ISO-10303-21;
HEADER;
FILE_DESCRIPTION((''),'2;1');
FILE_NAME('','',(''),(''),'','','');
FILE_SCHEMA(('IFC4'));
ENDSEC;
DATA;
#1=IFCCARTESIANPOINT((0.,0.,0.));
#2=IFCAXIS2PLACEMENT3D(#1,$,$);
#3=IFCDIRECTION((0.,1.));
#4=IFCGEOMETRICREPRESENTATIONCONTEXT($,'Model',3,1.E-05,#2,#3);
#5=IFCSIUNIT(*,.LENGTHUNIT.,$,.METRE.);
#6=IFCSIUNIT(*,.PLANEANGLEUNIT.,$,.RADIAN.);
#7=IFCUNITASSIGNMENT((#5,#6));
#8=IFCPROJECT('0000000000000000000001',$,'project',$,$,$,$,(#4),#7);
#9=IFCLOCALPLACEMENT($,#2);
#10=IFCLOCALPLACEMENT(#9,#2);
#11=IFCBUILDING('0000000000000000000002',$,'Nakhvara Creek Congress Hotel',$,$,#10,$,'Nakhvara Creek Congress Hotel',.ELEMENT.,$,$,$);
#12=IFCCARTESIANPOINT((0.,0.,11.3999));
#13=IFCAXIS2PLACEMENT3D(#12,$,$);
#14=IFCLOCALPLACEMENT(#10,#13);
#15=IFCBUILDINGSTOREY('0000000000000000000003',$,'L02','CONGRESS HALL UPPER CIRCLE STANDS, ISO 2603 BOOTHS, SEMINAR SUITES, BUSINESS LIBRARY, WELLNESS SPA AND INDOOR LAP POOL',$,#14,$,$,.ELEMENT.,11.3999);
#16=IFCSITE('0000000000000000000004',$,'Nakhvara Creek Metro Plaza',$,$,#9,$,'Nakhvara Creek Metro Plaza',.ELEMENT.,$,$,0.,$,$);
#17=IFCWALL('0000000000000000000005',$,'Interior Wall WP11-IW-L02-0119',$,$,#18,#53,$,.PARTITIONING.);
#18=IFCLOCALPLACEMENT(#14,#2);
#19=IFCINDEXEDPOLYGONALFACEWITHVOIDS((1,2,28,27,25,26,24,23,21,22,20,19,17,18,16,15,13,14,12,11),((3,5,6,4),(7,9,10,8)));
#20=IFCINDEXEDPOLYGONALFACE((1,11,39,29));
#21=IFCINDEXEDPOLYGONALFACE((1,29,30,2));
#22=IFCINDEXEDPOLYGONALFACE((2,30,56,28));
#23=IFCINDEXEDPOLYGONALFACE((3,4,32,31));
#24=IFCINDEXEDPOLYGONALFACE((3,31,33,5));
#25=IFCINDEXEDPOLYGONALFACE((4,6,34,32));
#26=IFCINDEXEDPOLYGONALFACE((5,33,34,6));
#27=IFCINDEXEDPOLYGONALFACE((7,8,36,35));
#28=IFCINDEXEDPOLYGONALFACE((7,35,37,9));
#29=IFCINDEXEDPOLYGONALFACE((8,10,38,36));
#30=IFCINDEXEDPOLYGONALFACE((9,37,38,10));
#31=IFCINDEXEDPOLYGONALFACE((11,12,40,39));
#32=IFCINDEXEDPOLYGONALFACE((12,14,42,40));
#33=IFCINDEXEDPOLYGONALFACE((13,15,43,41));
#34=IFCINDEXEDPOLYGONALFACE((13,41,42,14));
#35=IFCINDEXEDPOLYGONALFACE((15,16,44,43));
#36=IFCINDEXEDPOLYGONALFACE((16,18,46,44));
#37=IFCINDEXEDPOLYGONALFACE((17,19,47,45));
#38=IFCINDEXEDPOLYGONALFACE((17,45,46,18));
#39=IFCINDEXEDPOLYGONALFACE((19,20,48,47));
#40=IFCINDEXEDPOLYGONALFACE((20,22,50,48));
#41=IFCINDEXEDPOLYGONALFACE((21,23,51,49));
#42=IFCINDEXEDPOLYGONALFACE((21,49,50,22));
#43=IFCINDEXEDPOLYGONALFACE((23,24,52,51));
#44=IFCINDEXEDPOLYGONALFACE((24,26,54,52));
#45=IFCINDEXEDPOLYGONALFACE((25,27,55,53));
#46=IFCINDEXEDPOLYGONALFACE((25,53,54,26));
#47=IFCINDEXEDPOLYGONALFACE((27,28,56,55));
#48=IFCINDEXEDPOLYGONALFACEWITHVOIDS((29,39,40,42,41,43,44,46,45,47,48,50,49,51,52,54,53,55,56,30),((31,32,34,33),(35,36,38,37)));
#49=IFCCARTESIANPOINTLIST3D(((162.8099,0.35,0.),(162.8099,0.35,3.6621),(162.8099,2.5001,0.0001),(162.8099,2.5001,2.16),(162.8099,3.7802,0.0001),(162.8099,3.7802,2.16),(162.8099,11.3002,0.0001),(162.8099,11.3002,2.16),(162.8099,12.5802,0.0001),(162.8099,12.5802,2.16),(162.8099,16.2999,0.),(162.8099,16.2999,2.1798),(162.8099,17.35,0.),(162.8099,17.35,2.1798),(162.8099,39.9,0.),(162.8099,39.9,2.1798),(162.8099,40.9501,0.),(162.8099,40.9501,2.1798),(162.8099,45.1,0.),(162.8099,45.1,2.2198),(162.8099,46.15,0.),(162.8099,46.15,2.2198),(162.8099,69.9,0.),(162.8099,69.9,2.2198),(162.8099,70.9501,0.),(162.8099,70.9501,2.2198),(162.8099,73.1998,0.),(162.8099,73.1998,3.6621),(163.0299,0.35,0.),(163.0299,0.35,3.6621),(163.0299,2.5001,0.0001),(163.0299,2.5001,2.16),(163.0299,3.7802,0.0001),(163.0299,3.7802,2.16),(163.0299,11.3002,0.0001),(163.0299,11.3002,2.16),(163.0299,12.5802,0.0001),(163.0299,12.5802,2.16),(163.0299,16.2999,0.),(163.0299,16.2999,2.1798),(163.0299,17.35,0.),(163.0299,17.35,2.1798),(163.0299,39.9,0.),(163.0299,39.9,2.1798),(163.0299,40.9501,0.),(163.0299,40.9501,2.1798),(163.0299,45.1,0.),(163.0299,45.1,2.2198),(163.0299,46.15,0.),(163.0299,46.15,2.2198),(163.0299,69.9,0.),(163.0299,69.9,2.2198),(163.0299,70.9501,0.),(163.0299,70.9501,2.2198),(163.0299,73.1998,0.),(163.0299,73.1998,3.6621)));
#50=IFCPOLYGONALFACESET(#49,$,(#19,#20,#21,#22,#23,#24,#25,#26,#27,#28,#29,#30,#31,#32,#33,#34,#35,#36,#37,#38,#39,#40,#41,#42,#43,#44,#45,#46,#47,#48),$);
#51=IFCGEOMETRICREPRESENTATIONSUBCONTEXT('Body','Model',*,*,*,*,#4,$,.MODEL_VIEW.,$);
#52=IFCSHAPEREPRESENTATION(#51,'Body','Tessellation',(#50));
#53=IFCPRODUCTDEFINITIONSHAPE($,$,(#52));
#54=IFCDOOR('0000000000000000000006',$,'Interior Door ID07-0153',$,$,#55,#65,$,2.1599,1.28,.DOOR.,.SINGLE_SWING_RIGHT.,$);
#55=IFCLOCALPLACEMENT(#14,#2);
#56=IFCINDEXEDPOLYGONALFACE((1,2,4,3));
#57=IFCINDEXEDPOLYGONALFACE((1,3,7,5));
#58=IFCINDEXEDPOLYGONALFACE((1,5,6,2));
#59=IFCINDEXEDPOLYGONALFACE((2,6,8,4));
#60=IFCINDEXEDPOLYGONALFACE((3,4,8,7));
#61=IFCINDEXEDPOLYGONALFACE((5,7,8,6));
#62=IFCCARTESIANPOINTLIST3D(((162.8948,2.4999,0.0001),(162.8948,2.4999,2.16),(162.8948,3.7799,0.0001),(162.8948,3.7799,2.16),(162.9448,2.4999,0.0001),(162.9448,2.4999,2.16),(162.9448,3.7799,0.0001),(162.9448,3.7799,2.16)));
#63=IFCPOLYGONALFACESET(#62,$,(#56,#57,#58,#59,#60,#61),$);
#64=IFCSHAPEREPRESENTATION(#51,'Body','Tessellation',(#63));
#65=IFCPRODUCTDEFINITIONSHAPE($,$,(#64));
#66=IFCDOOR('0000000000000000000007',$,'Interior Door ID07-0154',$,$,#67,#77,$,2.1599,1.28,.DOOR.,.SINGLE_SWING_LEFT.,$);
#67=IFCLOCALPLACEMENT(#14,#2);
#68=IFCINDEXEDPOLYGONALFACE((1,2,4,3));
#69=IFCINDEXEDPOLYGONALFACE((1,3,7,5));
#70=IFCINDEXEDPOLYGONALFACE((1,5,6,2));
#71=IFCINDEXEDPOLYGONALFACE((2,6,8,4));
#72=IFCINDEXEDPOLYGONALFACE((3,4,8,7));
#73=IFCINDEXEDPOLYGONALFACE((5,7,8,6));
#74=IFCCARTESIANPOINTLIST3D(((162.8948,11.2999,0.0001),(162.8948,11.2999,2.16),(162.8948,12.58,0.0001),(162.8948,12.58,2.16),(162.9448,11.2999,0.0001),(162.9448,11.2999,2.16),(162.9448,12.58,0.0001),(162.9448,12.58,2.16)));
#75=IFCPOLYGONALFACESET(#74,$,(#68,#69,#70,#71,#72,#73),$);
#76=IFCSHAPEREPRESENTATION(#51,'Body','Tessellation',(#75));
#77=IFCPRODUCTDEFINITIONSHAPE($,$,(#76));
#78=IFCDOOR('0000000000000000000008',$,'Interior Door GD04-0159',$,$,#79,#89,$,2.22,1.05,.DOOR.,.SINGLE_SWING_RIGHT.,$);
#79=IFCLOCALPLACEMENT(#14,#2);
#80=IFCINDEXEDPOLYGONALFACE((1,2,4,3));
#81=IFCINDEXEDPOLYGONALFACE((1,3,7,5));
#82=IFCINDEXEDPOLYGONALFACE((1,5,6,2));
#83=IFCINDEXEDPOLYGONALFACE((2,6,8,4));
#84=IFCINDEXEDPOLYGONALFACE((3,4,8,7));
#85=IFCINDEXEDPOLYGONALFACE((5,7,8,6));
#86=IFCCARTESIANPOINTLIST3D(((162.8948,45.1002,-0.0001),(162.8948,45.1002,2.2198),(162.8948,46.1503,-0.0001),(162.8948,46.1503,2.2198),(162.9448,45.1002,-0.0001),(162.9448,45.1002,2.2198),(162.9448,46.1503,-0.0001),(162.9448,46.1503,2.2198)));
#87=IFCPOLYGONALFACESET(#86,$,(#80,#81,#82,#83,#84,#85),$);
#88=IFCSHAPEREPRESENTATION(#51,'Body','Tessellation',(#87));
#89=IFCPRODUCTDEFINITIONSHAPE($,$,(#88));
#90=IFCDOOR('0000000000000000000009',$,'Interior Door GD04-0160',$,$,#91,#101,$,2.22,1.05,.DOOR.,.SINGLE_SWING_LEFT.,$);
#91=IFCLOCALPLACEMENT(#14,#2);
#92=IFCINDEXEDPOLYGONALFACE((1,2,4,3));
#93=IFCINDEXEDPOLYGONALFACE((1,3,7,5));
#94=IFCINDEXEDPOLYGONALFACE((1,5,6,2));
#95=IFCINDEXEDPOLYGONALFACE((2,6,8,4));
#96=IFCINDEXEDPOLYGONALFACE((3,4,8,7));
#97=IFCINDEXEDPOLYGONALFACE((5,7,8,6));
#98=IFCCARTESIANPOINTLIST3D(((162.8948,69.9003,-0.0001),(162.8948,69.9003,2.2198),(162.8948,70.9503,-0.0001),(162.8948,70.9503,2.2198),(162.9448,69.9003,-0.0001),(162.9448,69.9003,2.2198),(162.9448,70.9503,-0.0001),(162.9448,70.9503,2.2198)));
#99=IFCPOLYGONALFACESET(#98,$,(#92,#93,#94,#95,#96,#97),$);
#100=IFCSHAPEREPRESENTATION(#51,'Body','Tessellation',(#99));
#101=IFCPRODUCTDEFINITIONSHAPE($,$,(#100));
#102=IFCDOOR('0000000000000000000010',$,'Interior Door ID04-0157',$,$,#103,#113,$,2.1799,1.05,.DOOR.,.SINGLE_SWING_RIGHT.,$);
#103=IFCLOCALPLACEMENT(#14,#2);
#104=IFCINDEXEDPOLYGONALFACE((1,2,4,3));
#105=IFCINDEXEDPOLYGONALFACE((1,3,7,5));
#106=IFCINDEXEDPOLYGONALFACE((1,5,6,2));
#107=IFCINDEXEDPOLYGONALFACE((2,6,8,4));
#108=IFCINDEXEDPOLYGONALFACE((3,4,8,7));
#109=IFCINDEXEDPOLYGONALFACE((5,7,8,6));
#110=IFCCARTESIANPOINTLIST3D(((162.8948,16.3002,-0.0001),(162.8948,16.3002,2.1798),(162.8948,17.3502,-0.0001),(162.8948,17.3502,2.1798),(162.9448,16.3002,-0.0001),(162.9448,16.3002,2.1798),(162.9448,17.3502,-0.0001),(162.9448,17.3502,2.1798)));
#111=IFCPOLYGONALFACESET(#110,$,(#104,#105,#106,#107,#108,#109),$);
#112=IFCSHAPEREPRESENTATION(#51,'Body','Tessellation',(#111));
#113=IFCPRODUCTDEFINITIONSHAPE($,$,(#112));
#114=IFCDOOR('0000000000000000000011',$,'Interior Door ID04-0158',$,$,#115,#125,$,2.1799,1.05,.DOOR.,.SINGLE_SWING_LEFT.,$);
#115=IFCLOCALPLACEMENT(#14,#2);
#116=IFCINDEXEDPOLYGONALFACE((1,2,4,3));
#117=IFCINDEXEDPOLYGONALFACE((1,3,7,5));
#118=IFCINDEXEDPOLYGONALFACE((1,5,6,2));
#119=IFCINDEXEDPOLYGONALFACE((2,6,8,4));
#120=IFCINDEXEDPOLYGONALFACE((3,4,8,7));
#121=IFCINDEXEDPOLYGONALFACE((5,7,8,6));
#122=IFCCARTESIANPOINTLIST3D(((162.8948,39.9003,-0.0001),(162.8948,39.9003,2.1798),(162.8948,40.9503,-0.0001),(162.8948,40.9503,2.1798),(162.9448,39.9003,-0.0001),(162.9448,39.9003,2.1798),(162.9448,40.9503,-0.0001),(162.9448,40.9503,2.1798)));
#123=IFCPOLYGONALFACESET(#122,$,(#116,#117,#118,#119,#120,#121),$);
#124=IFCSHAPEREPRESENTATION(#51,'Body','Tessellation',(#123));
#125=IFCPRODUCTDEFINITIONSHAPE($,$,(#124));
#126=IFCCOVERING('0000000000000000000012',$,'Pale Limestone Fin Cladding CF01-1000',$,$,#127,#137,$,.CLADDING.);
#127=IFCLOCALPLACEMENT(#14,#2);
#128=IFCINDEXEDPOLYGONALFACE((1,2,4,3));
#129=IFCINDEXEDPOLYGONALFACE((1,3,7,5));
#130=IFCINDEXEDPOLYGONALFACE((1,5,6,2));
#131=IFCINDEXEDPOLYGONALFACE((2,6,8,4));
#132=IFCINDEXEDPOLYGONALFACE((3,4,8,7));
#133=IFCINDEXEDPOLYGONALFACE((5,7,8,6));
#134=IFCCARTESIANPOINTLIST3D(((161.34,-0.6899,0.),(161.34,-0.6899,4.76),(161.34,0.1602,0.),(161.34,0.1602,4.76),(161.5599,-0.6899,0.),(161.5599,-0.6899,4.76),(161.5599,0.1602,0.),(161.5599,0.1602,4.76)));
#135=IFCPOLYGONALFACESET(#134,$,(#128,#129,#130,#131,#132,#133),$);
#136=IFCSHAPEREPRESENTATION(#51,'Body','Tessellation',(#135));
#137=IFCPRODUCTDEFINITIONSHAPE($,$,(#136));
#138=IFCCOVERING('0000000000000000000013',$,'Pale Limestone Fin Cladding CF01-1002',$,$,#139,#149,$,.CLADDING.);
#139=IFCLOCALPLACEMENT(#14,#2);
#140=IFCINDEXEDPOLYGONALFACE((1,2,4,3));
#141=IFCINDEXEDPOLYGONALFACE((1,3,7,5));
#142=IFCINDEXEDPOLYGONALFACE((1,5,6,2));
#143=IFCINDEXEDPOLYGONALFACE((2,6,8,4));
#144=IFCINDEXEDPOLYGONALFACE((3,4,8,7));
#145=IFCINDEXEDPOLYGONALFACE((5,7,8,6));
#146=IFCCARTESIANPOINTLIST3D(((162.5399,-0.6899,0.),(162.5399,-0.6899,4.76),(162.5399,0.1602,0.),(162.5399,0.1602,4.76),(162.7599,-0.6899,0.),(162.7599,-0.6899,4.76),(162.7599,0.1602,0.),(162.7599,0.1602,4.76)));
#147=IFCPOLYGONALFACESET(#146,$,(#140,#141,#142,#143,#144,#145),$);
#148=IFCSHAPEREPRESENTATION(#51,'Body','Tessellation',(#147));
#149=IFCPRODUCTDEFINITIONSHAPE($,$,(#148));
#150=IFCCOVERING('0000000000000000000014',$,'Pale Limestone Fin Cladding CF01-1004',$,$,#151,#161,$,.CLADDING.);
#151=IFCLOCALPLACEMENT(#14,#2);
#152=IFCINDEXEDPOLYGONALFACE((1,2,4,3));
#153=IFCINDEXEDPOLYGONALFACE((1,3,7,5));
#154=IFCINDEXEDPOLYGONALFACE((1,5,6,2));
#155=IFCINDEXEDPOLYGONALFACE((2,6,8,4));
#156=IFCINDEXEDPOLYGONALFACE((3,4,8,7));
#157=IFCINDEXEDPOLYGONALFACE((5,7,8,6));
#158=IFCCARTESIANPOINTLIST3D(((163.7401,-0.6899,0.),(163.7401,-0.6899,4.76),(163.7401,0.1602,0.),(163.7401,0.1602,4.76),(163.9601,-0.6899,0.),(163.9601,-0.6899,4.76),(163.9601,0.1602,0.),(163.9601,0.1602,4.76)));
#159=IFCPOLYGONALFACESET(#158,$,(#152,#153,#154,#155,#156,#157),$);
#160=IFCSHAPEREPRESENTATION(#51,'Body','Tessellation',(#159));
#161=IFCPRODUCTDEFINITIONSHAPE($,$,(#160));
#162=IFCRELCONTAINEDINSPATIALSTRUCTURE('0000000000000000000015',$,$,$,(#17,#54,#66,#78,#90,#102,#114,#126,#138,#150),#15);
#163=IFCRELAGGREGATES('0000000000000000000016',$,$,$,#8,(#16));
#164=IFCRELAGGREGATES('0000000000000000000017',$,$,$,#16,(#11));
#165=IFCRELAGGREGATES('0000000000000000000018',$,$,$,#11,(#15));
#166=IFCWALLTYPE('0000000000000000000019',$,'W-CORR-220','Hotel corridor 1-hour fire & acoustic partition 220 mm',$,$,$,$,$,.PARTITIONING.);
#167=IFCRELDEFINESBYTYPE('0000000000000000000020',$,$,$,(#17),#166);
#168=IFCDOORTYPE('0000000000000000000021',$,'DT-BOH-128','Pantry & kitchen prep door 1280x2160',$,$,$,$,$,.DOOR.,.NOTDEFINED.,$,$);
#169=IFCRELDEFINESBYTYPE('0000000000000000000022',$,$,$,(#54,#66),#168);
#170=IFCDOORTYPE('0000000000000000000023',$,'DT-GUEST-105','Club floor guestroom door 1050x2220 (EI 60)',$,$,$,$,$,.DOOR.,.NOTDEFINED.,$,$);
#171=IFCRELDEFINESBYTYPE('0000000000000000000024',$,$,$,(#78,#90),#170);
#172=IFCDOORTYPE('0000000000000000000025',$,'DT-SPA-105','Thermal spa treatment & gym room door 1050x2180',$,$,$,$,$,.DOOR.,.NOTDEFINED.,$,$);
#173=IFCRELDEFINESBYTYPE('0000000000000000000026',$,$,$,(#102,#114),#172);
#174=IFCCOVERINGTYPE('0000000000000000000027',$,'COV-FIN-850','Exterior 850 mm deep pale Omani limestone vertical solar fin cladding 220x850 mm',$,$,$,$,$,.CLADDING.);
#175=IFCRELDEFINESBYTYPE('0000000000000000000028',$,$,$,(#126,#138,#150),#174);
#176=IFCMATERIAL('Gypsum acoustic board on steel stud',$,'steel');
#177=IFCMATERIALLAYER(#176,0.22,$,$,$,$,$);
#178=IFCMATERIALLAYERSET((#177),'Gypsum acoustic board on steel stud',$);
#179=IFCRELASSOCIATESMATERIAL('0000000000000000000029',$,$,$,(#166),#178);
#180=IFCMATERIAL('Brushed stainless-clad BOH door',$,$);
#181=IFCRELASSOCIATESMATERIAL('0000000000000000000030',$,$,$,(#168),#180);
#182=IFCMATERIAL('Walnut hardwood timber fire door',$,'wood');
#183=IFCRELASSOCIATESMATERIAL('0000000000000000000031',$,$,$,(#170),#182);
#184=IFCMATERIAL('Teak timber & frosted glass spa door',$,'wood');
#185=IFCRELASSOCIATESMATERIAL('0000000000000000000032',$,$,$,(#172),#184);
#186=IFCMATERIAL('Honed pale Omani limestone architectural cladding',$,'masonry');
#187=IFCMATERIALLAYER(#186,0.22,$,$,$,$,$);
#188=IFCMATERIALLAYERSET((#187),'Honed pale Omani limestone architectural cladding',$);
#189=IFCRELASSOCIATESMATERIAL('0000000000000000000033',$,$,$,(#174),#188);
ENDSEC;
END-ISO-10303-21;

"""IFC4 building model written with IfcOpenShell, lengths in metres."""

from ifc_helpers import new_model, si_unit, direction, frame, frame_2d, origin, origin_2d, place, context, subcontext, project, spatial, rectangle, extrude, material, layer, layer_set, type_object, element, fill, save


model = new_model("IFC4")

# Units and contexts
model_context = context("Model", 3, precision=1e-05, world=origin(), true_north=direction((0.0, 1.0)))
body_context = subcontext(model_context, "Body", "Model", "MODEL_VIEW")
ifc_project = project(units=[si_unit("LENGTHUNIT", "METRE"), si_unit("PLANEANGLEUNIT", "RADIAN")], contexts=[model_context])

# Site, building, storey
site_placement = place(None, origin())
site = spatial("IfcSite", under=ifc_project, at=site_placement, Name="Nakhvara Creek Metro Plaza", LongName="Nakhvara Creek Metro Plaza", CompositionType="ELEMENT", RefElevation=0.0)
building_placement = place(site_placement, origin())
building = spatial("IfcBuilding", under=site, at=building_placement, Name="Nakhvara Creek Congress Hotel", LongName="Nakhvara Creek Congress Hotel", CompositionType="ELEMENT")
storey_placement = place(building_placement, frame((0.0, 0.0, 11.3999)))
storey = spatial("IfcBuildingStorey", under=building, at=storey_placement, Name="L02", Description="CONGRESS HALL UPPER CIRCLE STANDS, ISO 2603 BOOTHS, SEMINAR SUITES, BUSINESS LIBRARY, WELLNESS SPA AND INDOOR LAP POOL", CompositionType="ELEMENT", Elevation=11.3999)

# Wall, openings, doors
ifc_material_1 = material(Name="Gypsum acoustic board on steel stud", Category="steel")
ifc_layer_1 = layer(ifc_material_1, 0.22)
ifc_layer_set_1 = layer_set([ifc_layer_1], Name="Gypsum acoustic board on steel stud")
wall_type = type_object("IfcWallType", Name="W-CORR-220", Description="Hotel corridor 1-hour fire & acoustic partition 220 mm", PredefinedType="PARTITIONING", material=ifc_layer_set_1)
wall_placement = place(storey_placement, frame((162.9199, 0.3501, 0.0), z_axis=(0.0, 0.0, 1.0), x_axis=(0.0, 1.0, 0.0)))
wall = element("IfcWall", 1, at=wall_placement, inside=storey, type_object=wall_type, Name="Interior Wall WP11-IW-L02-0119", PredefinedType="PARTITIONING", context=body_context, shape_type="SweptSolid", body=[
    extrude(rectangle(XDim=72.8499, YDim=0.22, at=frame_2d((36.4248, 0.0))), origin(), (0.0, 0.0, 1.0), 3.6621),
])
opening_1_placement = place(wall_placement, frame((2.1499, 0.0, 0.0)))
opening_1 = element("IfcOpeningElement", 2, at=opening_1_placement, cuts=wall, PredefinedType="OPENING", context=body_context, shape_type="SweptSolid", body=[
    extrude(rectangle(XDim=1.28, YDim=2.1599, at=frame_2d((0.6401, 1.0801))), frame((0.0, 0.1221, 0.0), z_axis=(0.0, -1.0, 0.0), x_axis=(1.0, 0.0, 0.0)), (0.0, 0.0, 1.0), 0.2439),
])
opening_2_placement = place(wall_placement, frame((10.95, 0.0, 0.0)))
opening_2 = element("IfcOpeningElement", 3, at=opening_2_placement, cuts=wall, PredefinedType="OPENING", context=body_context, shape_type="SweptSolid", body=[
    extrude(rectangle(XDim=1.28, YDim=2.1599, at=frame_2d((0.6401, 1.0801))), frame((0.0, 0.1221, 0.0), z_axis=(0.0, -1.0, 0.0), x_axis=(1.0, 0.0, 0.0)), (0.0, 0.0, 1.0), 0.2439),
])
opening_3_placement = place(wall_placement, frame((15.95, 0.0, 0.0)))
opening_3 = element("IfcOpeningElement", 4, at=opening_3_placement, cuts=wall, PredefinedType="OPENING", context=body_context, shape_type="SweptSolid", body=[
    extrude(rectangle(XDim=1.05, YDim=2.1799, at=frame_2d((0.5249, 1.0898))), frame((0.0, 0.1221, 0.0), z_axis=(0.0, -1.0, 0.0), x_axis=(1.0, 0.0, 0.0)), (0.0, 0.0, 1.0), 0.2439),
])
opening_4_placement = place(wall_placement, frame((39.55, 0.0, 0.0)))
opening_4 = element("IfcOpeningElement", 5, at=opening_4_placement, cuts=wall, PredefinedType="OPENING", context=body_context, shape_type="SweptSolid", body=[
    extrude(rectangle(XDim=1.05, YDim=2.1799, at=frame_2d((0.5249, 1.0898))), frame((0.0, 0.1221, 0.0), z_axis=(0.0, -1.0, 0.0), x_axis=(1.0, 0.0, 0.0)), (0.0, 0.0, 1.0), 0.2439),
])
opening_5_placement = place(wall_placement, frame((44.75, 0.0, 0.0)))
opening_5 = element("IfcOpeningElement", 6, at=opening_5_placement, cuts=wall, PredefinedType="OPENING", context=body_context, shape_type="SweptSolid", body=[
    extrude(rectangle(XDim=1.05, YDim=2.22, at=frame_2d((0.5249, 1.1099))), frame((0.0, 0.1221, 0.0), z_axis=(0.0, -1.0, 0.0), x_axis=(1.0, 0.0, 0.0)), (0.0, 0.0, 1.0), 0.2439),
])
opening_6_placement = place(wall_placement, frame((69.55, 0.0, 0.0)))
opening_6 = element("IfcOpeningElement", 7, at=opening_6_placement, cuts=wall, PredefinedType="OPENING", context=body_context, shape_type="SweptSolid", body=[
    extrude(rectangle(XDim=1.05, YDim=2.22, at=frame_2d((0.5249, 1.1099))), frame((0.0, 0.1221, 0.0), z_axis=(0.0, -1.0, 0.0), x_axis=(1.0, 0.0, 0.0)), (0.0, 0.0, 1.0), 0.2439),
])
ifc_material_2 = material(Name="Brushed stainless-clad BOH door")
door_type_1 = type_object("IfcDoorType", Name="DT-BOH-128", Description="Pantry & kitchen prep door 1280x2160", OperationType="NOTDEFINED", PredefinedType="DOOR", material=ifc_material_2)
door_1_placement = place(opening_1_placement, frame((1.28, 0.0, 0.0), z_axis=(0.0, 0.0, 1.0), x_axis=(-1.0, 0.0, 0.0)))
door_1 = element("IfcDoor", 8, at=door_1_placement, inside=storey, type_object=door_type_1, Name="Interior Door ID07-0153", OperationType="SINGLE_SWING_RIGHT", OverallHeight=2.1599, OverallWidth=1.28, PredefinedType="DOOR", context=body_context, shape_type="SweptSolid", body=[
    extrude(rectangle(XDim=1.28, YDim=2.1599, at=frame_2d((0.6401, 1.0801))), frame((0.0, 0.0249, 0.0), z_axis=(0.0, -1.0, 0.0), x_axis=(1.0, 0.0, 0.0)), (0.0, 0.0, 1.0), 0.05),
])
fill(opening_1, door_1)
door_2_placement = place(opening_2_placement, frame((1.28, 0.0, 0.0), z_axis=(0.0, 0.0, 1.0), x_axis=(-1.0, 0.0, 0.0)))
door_2 = element("IfcDoor", 9, at=door_2_placement, inside=storey, type_object=door_type_1, Name="Interior Door ID07-0154", OperationType="SINGLE_SWING_LEFT", OverallHeight=2.1599, OverallWidth=1.28, PredefinedType="DOOR", context=body_context, shape_type="SweptSolid", body=[
    extrude(rectangle(XDim=1.28, YDim=2.1599, at=frame_2d((0.6401, 1.0801))), frame((0.0, 0.0249, 0.0), z_axis=(0.0, -1.0, 0.0), x_axis=(1.0, 0.0, 0.0)), (0.0, 0.0, 1.0), 0.05),
])
fill(opening_2, door_2)
ifc_material_3 = material(Name="Walnut hardwood timber fire door", Category="wood")
door_type_2 = type_object("IfcDoorType", Name="DT-GUEST-105", Description="Club floor guestroom door 1050x2220 (EI 60)", OperationType="NOTDEFINED", PredefinedType="DOOR", material=ifc_material_3)
door_3_placement = place(opening_5_placement, frame((1.05, 0.0, 0.0), z_axis=(0.0, 0.0, 1.0), x_axis=(-1.0, 0.0, 0.0)))
door_3 = element("IfcDoor", 10, at=door_3_placement, inside=storey, type_object=door_type_2, Name="Interior Door GD04-0159", OperationType="SINGLE_SWING_RIGHT", OverallHeight=2.22, OverallWidth=1.05, PredefinedType="DOOR", context=body_context, shape_type="SweptSolid", body=[
    extrude(rectangle(XDim=1.05, YDim=2.22, at=frame_2d((0.5249, 1.1099))), frame((0.0, 0.0249, 0.0), z_axis=(0.0, -1.0, 0.0), x_axis=(1.0, 0.0, 0.0)), (0.0, 0.0, 1.0), 0.05),
])
fill(opening_5, door_3)
door_4_placement = place(opening_6_placement, frame((1.05, 0.0, 0.0), z_axis=(0.0, 0.0, 1.0), x_axis=(-1.0, 0.0, 0.0)))
door_4 = element("IfcDoor", 11, at=door_4_placement, inside=storey, type_object=door_type_2, Name="Interior Door GD04-0160", OperationType="SINGLE_SWING_LEFT", OverallHeight=2.22, OverallWidth=1.05, PredefinedType="DOOR", context=body_context, shape_type="SweptSolid", body=[
    extrude(rectangle(XDim=1.05, YDim=2.22, at=frame_2d((0.5249, 1.1099))), frame((0.0, 0.0249, 0.0), z_axis=(0.0, -1.0, 0.0), x_axis=(1.0, 0.0, 0.0)), (0.0, 0.0, 1.0), 0.05),
])
fill(opening_6, door_4)
ifc_material_4 = material(Name="Teak timber & frosted glass spa door", Category="wood")
door_type_3 = type_object("IfcDoorType", Name="DT-SPA-105", Description="Thermal spa treatment & gym room door 1050x2180", OperationType="NOTDEFINED", PredefinedType="DOOR", material=ifc_material_4)
door_5_placement = place(opening_3_placement, frame((1.05, 0.0, 0.0), z_axis=(0.0, 0.0, 1.0), x_axis=(-1.0, 0.0, 0.0)))
door_5 = element("IfcDoor", 12, at=door_5_placement, inside=storey, type_object=door_type_3, Name="Interior Door ID04-0157", OperationType="SINGLE_SWING_RIGHT", OverallHeight=2.1799, OverallWidth=1.05, PredefinedType="DOOR", context=body_context, shape_type="SweptSolid", body=[
    extrude(rectangle(XDim=1.05, YDim=2.1799, at=frame_2d((0.5249, 1.0898))), frame((0.0, 0.0249, 0.0), z_axis=(0.0, -1.0, 0.0), x_axis=(1.0, 0.0, 0.0)), (0.0, 0.0, 1.0), 0.05),
])
fill(opening_3, door_5)
door_6_placement = place(opening_4_placement, frame((1.05, 0.0, 0.0), z_axis=(0.0, 0.0, 1.0), x_axis=(-1.0, 0.0, 0.0)))
door_6 = element("IfcDoor", 13, at=door_6_placement, inside=storey, type_object=door_type_3, Name="Interior Door ID04-0158", OperationType="SINGLE_SWING_LEFT", OverallHeight=2.1799, OverallWidth=1.05, PredefinedType="DOOR", context=body_context, shape_type="SweptSolid", body=[
    extrude(rectangle(XDim=1.05, YDim=2.1799, at=frame_2d((0.5249, 1.0898))), frame((0.0, 0.0249, 0.0), z_axis=(0.0, -1.0, 0.0), x_axis=(1.0, 0.0, 0.0)), (0.0, 0.0, 1.0), 0.05),
])
fill(opening_4, door_6)

# Coverings
ifc_material_5 = material(Name="Honed pale Omani limestone architectural cladding", Category="masonry")
ifc_layer_2 = layer(ifc_material_5, 0.22)
ifc_layer_set_2 = layer_set([ifc_layer_2], Name="Honed pale Omani limestone architectural cladding")
covering_type_1 = type_object("IfcCoveringType", Name="COV-FIN-850", Description="Exterior 850 mm deep pale Omani limestone vertical solar fin cladding 220x850 mm", PredefinedType="CLADDING", material=ifc_layer_set_2)
for number, where, z_axis, x_axis, name in (
    (14, (161.45, -0.2649, 0.0), (0.0, 0.0, 1.0), (1.0, 0.0, 0.0), "Pale Limestone Fin Cladding CF01-1000"),
    (15, (162.6499, -0.2649, 0.0), (0.0, 0.0, 1.0), (1.0, 0.0, 0.0), "Pale Limestone Fin Cladding CF01-1002"),
    (16, (163.8501, -0.2649, 0.0), (0.0, 0.0, 1.0), (1.0, 0.0, 0.0), "Pale Limestone Fin Cladding CF01-1004"),
):
    element("IfcCovering", number, at=place(storey_placement, frame(where, z_axis=z_axis, x_axis=x_axis)), inside=storey, type_object=covering_type_1, Name=name, PredefinedType="CLADDING", context=body_context, shape_type="SweptSolid", body=[
        extrude(rectangle(XDim=0.22, YDim=0.8501, at=origin_2d()), origin(), (0.0, 0.0, 1.0), 4.76),
    ])

save(model, "model.ifc")
